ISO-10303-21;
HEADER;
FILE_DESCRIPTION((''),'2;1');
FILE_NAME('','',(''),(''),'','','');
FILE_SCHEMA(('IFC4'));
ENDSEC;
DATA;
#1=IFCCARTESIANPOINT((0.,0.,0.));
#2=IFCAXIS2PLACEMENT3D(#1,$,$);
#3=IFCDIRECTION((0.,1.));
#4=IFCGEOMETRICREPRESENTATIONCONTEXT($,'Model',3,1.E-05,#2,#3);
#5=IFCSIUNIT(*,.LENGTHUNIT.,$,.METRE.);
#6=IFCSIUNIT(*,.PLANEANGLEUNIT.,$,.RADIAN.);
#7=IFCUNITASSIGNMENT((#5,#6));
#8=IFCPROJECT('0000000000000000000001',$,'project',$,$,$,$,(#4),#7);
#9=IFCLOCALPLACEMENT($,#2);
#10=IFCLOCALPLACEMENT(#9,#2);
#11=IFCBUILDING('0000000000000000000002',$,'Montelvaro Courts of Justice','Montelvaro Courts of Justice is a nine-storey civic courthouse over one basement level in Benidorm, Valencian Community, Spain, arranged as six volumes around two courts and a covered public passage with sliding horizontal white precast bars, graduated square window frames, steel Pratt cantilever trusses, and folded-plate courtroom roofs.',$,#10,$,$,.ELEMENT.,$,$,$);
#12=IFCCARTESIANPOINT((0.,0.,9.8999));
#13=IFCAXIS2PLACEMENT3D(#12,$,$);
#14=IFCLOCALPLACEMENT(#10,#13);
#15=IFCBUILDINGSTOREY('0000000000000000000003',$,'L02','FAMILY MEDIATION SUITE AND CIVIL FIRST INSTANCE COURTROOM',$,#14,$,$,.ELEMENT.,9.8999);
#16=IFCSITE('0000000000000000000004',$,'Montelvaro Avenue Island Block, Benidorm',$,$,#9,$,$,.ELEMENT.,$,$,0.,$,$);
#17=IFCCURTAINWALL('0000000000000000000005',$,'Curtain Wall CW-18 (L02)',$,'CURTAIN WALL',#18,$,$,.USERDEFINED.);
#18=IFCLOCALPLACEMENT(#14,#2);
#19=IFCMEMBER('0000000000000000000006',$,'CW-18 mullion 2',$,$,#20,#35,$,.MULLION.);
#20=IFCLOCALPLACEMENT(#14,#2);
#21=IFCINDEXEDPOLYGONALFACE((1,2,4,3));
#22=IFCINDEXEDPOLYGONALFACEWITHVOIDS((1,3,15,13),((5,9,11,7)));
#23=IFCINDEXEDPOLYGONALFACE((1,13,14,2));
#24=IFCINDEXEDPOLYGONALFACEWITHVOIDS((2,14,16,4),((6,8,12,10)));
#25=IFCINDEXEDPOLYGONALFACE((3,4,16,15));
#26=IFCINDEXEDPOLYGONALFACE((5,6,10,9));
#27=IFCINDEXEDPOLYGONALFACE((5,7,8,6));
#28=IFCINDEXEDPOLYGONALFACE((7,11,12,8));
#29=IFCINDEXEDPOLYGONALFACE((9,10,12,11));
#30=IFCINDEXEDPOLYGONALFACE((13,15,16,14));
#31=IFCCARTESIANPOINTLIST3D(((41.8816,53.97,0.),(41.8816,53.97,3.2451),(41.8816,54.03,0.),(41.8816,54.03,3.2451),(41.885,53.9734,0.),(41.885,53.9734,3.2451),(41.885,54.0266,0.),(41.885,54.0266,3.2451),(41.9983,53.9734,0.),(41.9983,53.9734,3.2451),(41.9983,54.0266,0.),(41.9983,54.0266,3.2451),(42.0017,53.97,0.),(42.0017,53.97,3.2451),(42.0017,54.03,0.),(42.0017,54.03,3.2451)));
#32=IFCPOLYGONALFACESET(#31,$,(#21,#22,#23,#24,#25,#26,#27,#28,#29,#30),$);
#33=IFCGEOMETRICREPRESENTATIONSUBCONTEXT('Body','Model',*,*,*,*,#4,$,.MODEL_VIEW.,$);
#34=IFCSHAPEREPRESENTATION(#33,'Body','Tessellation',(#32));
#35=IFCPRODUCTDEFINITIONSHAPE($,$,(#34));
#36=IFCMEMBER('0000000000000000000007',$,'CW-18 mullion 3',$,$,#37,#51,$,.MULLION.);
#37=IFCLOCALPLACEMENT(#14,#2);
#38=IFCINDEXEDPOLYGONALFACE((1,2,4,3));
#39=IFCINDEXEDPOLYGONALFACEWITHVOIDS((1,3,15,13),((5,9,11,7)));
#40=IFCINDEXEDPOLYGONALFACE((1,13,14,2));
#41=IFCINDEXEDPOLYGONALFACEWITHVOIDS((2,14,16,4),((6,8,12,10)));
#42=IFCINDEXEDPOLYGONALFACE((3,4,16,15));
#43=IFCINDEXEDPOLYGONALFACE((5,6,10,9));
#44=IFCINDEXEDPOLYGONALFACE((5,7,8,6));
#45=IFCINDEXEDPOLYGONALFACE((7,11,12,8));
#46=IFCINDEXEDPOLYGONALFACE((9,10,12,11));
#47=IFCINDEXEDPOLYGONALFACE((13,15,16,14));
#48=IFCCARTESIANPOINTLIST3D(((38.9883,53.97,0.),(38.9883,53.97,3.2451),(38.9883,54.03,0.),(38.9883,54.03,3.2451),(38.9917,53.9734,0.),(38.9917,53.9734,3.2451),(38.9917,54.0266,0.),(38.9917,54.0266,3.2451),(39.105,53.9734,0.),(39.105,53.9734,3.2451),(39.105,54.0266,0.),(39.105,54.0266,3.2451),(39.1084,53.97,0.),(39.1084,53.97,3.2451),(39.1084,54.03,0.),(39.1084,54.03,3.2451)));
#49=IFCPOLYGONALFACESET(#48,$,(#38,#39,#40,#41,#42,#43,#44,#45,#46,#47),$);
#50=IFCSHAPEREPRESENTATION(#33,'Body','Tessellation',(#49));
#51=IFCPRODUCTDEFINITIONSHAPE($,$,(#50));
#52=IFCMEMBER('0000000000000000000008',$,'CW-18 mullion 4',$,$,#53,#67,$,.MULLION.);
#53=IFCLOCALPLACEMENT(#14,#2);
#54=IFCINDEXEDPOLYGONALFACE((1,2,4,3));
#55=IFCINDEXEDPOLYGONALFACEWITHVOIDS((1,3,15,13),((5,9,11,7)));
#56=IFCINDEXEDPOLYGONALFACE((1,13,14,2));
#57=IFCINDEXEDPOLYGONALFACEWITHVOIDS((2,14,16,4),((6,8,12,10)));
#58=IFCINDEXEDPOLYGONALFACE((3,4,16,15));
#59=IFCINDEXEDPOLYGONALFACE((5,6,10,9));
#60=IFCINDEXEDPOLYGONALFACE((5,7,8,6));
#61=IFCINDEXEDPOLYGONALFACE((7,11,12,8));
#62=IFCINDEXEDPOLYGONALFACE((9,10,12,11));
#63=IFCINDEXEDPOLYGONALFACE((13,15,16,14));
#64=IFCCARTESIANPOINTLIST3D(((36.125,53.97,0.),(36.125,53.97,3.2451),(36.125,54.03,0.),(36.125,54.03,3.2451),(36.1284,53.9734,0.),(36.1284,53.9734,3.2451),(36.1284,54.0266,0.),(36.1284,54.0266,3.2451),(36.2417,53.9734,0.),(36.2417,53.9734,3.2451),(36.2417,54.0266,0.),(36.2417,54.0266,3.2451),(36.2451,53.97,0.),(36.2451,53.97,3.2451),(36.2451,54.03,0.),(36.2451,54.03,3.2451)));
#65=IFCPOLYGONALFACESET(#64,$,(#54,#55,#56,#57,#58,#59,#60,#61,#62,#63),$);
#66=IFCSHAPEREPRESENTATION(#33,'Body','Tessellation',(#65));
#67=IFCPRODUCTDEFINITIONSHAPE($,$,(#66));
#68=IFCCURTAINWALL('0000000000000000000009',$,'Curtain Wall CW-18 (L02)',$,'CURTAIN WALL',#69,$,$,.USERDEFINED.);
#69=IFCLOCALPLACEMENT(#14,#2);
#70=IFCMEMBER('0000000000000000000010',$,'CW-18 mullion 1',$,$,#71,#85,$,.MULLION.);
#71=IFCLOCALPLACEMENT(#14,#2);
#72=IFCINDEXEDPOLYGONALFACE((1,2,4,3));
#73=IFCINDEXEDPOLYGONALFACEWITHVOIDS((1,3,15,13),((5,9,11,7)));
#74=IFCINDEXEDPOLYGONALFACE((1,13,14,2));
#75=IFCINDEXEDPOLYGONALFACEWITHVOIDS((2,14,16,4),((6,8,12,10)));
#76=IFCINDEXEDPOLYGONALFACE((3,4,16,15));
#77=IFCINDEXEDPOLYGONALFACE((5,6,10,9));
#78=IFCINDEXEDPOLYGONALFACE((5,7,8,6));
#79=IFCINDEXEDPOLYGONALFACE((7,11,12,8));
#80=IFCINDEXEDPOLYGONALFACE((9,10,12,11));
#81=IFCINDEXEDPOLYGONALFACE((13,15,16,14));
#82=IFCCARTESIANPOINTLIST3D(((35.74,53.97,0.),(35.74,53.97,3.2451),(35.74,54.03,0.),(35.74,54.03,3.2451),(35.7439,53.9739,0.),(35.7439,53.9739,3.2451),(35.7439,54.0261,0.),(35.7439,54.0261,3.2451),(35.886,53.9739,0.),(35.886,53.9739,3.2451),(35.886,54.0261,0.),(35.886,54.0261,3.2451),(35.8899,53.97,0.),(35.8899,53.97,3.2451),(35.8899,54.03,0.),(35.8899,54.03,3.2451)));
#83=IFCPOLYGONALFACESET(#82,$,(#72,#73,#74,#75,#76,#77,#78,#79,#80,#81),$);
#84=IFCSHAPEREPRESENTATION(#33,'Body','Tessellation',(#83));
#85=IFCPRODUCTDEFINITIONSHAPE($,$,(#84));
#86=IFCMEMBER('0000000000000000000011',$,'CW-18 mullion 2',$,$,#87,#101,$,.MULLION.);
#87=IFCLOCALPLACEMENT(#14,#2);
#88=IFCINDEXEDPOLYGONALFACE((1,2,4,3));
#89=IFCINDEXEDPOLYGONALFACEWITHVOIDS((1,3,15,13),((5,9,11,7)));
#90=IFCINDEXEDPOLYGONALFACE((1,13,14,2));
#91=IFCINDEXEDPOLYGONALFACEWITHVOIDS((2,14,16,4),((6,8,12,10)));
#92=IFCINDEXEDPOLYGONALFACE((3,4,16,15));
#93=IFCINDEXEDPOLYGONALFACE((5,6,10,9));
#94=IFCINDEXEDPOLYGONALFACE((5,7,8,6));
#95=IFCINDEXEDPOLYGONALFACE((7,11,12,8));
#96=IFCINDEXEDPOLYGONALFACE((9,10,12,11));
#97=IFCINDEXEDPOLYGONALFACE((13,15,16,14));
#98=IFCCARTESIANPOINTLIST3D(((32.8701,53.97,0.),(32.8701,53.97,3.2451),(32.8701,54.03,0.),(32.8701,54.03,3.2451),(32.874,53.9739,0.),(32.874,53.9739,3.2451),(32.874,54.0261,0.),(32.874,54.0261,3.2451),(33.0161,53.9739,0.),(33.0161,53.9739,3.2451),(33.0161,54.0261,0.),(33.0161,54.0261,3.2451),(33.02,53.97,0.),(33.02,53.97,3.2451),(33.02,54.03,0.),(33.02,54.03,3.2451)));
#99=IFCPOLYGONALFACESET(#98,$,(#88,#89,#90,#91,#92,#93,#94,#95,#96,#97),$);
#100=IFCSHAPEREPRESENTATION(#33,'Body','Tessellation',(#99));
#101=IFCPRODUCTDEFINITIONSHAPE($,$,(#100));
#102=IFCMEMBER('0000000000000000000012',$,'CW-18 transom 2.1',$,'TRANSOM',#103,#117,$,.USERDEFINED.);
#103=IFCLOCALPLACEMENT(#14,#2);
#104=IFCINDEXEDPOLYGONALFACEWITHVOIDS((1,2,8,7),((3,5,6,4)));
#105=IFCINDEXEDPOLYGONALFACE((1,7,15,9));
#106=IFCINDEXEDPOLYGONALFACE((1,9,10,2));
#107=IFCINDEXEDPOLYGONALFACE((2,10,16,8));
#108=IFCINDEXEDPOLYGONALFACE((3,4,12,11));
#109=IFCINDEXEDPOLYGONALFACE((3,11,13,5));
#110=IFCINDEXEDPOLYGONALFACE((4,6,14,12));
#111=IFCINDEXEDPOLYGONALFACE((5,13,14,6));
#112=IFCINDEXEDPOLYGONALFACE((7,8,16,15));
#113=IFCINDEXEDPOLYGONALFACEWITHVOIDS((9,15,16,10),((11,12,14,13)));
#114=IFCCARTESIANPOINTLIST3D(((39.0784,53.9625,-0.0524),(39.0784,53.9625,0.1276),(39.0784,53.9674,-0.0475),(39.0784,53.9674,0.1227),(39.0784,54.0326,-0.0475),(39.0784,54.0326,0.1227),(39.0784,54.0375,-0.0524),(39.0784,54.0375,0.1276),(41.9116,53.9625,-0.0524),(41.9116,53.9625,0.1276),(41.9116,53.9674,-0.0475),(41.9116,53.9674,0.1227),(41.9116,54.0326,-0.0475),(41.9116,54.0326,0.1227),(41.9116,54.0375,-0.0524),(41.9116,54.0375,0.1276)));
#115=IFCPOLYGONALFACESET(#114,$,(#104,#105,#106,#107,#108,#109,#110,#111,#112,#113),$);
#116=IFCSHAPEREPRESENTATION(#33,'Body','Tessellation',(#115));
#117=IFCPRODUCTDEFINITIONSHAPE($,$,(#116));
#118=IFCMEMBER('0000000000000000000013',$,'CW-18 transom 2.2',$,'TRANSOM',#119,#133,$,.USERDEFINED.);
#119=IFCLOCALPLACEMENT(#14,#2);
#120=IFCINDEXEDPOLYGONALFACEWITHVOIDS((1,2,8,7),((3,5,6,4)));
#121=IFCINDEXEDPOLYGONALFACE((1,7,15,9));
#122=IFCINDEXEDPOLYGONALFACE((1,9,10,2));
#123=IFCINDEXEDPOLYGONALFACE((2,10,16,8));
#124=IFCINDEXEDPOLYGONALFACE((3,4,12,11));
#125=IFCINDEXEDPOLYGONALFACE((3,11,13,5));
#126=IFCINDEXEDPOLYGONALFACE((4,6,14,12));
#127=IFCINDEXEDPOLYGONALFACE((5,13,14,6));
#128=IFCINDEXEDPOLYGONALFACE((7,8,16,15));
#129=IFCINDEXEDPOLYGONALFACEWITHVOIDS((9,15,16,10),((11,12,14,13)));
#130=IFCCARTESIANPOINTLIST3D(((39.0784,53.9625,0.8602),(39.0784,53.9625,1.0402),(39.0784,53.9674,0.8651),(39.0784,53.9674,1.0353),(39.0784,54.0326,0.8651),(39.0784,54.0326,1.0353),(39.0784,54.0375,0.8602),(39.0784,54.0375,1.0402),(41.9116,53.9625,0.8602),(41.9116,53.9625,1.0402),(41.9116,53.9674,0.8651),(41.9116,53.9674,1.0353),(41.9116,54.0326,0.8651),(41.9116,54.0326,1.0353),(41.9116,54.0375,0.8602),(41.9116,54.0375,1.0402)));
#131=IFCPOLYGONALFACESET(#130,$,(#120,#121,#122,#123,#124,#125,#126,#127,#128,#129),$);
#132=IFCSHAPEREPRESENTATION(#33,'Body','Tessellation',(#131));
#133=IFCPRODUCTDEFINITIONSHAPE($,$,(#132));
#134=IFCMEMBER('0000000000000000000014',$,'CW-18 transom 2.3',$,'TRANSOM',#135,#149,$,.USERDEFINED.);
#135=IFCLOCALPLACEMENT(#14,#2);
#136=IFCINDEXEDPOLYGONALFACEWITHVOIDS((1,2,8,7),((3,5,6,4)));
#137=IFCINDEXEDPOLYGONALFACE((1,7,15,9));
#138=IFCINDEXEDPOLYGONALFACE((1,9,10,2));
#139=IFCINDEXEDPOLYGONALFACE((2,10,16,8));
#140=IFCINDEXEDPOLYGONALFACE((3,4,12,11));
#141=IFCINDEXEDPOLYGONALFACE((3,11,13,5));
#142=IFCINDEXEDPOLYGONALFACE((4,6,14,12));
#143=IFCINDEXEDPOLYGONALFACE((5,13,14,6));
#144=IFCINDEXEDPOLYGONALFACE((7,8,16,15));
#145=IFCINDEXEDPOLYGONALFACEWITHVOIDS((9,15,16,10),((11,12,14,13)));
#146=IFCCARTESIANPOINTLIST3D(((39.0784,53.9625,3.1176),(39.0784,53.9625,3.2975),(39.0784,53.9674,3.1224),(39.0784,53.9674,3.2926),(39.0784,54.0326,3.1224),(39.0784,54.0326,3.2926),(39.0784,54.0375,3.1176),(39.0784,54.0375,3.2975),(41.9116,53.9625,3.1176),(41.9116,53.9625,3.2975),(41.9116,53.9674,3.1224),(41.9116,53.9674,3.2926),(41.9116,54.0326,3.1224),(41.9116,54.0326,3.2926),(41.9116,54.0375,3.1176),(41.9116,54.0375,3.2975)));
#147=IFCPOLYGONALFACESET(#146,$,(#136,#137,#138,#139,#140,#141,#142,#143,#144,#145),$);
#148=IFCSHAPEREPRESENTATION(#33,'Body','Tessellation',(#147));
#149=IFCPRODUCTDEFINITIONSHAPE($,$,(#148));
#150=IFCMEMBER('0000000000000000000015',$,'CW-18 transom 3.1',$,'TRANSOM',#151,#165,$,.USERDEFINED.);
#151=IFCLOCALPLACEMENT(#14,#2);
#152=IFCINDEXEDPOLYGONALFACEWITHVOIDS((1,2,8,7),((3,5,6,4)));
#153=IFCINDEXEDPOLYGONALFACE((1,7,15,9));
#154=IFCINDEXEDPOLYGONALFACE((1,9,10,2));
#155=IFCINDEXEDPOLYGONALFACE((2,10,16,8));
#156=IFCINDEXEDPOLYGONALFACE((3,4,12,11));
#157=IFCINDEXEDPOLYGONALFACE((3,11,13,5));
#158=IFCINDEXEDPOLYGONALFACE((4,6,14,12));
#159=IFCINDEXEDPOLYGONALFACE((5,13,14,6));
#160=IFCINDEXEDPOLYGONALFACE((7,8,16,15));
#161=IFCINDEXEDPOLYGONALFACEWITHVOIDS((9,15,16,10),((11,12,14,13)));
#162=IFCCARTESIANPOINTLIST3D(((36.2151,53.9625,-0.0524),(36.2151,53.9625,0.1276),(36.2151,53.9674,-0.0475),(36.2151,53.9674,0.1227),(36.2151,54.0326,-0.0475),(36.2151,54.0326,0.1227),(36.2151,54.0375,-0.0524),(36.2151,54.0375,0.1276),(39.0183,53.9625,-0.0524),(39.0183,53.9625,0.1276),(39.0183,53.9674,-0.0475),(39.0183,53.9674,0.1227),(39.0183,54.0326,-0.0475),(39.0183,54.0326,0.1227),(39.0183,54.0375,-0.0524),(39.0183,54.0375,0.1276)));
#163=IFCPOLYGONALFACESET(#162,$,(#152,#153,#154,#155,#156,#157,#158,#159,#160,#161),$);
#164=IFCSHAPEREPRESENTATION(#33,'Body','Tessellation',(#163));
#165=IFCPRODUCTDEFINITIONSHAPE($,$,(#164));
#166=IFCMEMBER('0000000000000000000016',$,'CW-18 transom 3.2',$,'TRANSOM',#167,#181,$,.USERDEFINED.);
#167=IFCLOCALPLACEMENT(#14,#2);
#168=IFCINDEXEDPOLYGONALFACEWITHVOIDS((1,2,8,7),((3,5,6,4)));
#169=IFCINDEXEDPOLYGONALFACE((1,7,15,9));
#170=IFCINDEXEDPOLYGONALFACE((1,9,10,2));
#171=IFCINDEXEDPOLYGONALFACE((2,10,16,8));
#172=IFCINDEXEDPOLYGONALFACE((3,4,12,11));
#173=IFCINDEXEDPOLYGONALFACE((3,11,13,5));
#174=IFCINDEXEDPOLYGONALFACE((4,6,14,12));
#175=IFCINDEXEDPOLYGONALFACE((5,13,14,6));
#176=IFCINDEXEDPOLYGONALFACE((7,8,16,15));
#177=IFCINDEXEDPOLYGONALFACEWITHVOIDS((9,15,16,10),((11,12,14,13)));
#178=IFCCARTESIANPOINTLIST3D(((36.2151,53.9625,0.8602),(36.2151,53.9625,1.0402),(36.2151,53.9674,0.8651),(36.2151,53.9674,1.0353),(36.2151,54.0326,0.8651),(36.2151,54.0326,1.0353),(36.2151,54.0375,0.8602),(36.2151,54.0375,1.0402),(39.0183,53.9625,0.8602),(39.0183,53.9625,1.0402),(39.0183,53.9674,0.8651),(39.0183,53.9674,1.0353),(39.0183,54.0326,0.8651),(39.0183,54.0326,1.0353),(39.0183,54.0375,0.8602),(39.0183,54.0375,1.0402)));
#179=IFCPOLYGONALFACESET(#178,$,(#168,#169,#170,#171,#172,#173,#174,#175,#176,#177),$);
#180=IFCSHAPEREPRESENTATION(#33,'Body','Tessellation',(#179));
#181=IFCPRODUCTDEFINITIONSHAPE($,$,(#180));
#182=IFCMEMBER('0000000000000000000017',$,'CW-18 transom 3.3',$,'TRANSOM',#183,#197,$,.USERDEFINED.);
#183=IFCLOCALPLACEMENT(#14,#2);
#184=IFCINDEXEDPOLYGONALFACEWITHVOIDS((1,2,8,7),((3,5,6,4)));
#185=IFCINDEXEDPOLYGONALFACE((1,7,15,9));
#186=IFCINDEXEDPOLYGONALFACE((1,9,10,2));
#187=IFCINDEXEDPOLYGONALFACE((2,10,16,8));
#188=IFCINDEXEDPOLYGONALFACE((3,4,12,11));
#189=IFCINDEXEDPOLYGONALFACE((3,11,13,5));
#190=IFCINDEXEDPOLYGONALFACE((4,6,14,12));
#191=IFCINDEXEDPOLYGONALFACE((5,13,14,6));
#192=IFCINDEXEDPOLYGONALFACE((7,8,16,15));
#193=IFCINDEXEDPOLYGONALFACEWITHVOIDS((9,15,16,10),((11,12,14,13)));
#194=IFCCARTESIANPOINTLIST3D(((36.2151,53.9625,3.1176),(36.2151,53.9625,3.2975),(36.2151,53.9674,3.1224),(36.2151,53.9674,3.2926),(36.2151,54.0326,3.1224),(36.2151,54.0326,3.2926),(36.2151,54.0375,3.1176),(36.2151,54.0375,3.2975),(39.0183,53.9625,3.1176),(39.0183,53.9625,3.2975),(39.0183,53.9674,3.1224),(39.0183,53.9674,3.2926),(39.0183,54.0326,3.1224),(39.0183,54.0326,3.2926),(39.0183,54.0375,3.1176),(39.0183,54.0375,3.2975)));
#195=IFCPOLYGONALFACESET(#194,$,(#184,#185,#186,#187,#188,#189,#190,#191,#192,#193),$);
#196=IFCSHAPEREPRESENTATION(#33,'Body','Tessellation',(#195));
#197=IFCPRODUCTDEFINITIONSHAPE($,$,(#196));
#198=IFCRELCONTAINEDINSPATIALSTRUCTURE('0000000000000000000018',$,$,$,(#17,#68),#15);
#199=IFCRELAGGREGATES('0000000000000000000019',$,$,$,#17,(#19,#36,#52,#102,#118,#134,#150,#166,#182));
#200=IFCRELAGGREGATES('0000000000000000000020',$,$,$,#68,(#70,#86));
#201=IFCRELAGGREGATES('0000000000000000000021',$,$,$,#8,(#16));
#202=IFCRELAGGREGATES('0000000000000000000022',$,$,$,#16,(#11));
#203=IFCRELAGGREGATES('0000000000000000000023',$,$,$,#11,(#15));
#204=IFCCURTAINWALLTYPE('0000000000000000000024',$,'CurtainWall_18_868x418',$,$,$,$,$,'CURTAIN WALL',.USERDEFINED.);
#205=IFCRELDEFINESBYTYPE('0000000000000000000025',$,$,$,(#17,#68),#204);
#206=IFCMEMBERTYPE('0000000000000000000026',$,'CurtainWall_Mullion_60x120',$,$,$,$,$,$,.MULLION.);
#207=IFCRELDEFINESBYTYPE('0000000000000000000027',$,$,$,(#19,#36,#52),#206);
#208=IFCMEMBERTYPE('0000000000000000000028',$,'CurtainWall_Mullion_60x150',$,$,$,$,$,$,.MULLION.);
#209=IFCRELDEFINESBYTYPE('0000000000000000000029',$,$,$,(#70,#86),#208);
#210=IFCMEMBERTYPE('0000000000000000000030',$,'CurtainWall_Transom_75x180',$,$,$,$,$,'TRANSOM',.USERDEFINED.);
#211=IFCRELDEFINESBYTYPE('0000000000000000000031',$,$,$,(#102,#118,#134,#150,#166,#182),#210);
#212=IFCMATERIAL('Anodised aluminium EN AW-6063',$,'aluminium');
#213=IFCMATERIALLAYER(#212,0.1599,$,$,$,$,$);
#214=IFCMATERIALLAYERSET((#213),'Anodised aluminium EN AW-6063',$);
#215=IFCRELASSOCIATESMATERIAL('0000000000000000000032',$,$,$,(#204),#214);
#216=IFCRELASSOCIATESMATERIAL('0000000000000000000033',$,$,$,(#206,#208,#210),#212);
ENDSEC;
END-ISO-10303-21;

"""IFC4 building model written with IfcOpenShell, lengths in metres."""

from ifc_helpers import new_model, si_unit, direction, frame, origin, origin_2d, place, context, subcontext, project, spatial, hollow_rectangle, extrude, material, layer, layer_set, material_profile, profile_set, type_object, element, aggregate, save


model = new_model("IFC4")

# Units and contexts
model_context = context("Model", 3, precision=1e-05, world=origin(), true_north=direction((0.0, 1.0)))
body_context = subcontext(model_context, "Body", "Model", "MODEL_VIEW")
ifc_project = project(units=[si_unit("LENGTHUNIT", "METRE"), si_unit("PLANEANGLEUNIT", "RADIAN")], contexts=[model_context])

# Site, building, storey
site_placement = place(None, origin())
site = spatial("IfcSite", under=ifc_project, at=site_placement, Name="Montelvaro Avenue Island Block, Benidorm", CompositionType="ELEMENT", RefElevation=0.0)
building_placement = place(site_placement, origin())
building = spatial("IfcBuilding", under=site, at=building_placement, Name="Montelvaro Courts of Justice", Description="Montelvaro Courts of Justice is a nine-storey civic courthouse over one basement level in Benidorm, Valencian Community, Spain, arranged as six volumes around two courts and a covered public passage with sliding horizontal white precast bars, graduated square window frames, steel Pratt cantilever trusses, and folded-plate courtroom roofs.", CompositionType="ELEMENT")
storey_placement = place(building_placement, frame((0.0, 0.0, 9.8999)))
storey = spatial("IfcBuildingStorey", under=building, at=storey_placement, Name="L02", Description="FAMILY MEDIATION SUITE AND CIVIL FIRST INSTANCE COURTROOM", CompositionType="ELEMENT", Elevation=9.8999)

# Curtain walls, members
ifc_material_1 = material(Name="Anodised aluminium EN AW-6063", Category="aluminium")
ifc_layer_1 = layer(ifc_material_1, 0.1599)
ifc_layer_set_1 = layer_set([ifc_layer_1], Name="Anodised aluminium EN AW-6063")
curtain_wall_type = type_object("IfcCurtainWallType", Name="CurtainWall_18_868x418", ElementType="CURTAIN WALL", PredefinedType="USERDEFINED", material=ifc_layer_set_1)
curtain_wall_1_placement = place(storey_placement, origin())
curtain_wall_1 = element("IfcCurtainWall", 1, at=curtain_wall_1_placement, inside=storey, type_object=curtain_wall_type, Name="Curtain Wall CW-18 (L02)", ObjectType="CURTAIN WALL", PredefinedType="USERDEFINED")
ifc_material_profile_1 = material_profile(ifc_material_1, hollow_rectangle(XDim=0.0601, YDim=0.1201, WallThickness=0.0034, at=origin_2d()), Name="ALU-M 60x120")
ifc_profile_set_1 = profile_set([ifc_material_profile_1], Name="Anodised aluminium EN AW-6063")
member_type_1 = type_object("IfcMemberType", Name="CurtainWall_Mullion_60x120", PredefinedType="MULLION", material=ifc_profile_set_1)
member_1_placement = place(storey_placement, frame((41.9417, 54.0, 0.0), z_axis=(0.0, 0.0, 1.0), x_axis=(0.0, -1.0, 0.0)))
member_1 = element("IfcMember", 2, at=member_1_placement, type_object=member_type_1, Name="CW-18 mullion 2", PredefinedType="MULLION", context=body_context, shape_type="SweptSolid", body=[
    extrude(hollow_rectangle(XDim=0.0601, YDim=0.1201, WallThickness=0.0034, at=origin_2d()), origin(), (0.0, 0.0, 1.0), 3.2451),
])
member_2_placement = place(storey_placement, frame((39.0483, 54.0, 0.0), z_axis=(0.0, 0.0, 1.0), x_axis=(0.0, -1.0, 0.0)))
member_2 = element("IfcMember", 3, at=member_2_placement, type_object=member_type_1, Name="CW-18 mullion 3", PredefinedType="MULLION", context=body_context, shape_type="SweptSolid", body=[
    extrude(hollow_rectangle(XDim=0.0601, YDim=0.1201, WallThickness=0.0034, at=origin_2d()), origin(), (0.0, 0.0, 1.0), 3.2451),
])
member_3_placement = place(storey_placement, frame((36.1851, 54.0, 0.0), z_axis=(0.0, 0.0, 1.0), x_axis=(0.0, -1.0, 0.0)))
member_3 = element("IfcMember", 4, at=member_3_placement, type_object=member_type_1, Name="CW-18 mullion 4", PredefinedType="MULLION", context=body_context, shape_type="SweptSolid", body=[
    extrude(hollow_rectangle(XDim=0.0601, YDim=0.1201, WallThickness=0.0034, at=origin_2d()), origin(), (0.0, 0.0, 1.0), 3.2451),
])
curtain_wall_2_placement = place(storey_placement, origin())
curtain_wall_2 = element("IfcCurtainWall", 5, at=curtain_wall_2_placement, inside=storey, type_object=curtain_wall_type, Name="Curtain Wall CW-18 (L02)", ObjectType="CURTAIN WALL", PredefinedType="USERDEFINED")
ifc_material_profile_2 = material_profile(ifc_material_1, hollow_rectangle(XDim=0.0601, YDim=0.1499, WallThickness=0.0039, at=origin_2d()), Name="ALU-M 60x150")
ifc_profile_set_2 = profile_set([ifc_material_profile_2], Name="Anodised aluminium EN AW-6063")
member_type_2 = type_object("IfcMemberType", Name="CurtainWall_Mullion_60x150", PredefinedType="MULLION", material=ifc_profile_set_2)
member_4_placement = place(storey_placement, frame((35.8149, 54.0, 0.0), z_axis=(0.0, 0.0, 1.0), x_axis=(0.0, -1.0, 0.0)))
member_4 = element("IfcMember", 6, at=member_4_placement, type_object=member_type_2, Name="CW-18 mullion 1", PredefinedType="MULLION", context=body_context, shape_type="SweptSolid", body=[
    extrude(hollow_rectangle(XDim=0.0601, YDim=0.1499, WallThickness=0.0039, at=origin_2d()), origin(), (0.0, 0.0, 1.0), 3.2451),
])
member_5_placement = place(storey_placement, frame((32.9451, 54.0, 0.0), z_axis=(0.0, 0.0, 1.0), x_axis=(0.0, -1.0, 0.0)))
member_5 = element("IfcMember", 7, at=member_5_placement, type_object=member_type_2, Name="CW-18 mullion 2", PredefinedType="MULLION", context=body_context, shape_type="SweptSolid", body=[
    extrude(hollow_rectangle(XDim=0.0601, YDim=0.1499, WallThickness=0.0039, at=origin_2d()), origin(), (0.0, 0.0, 1.0), 3.2451),
])

# Members
ifc_material_profile_3 = material_profile(ifc_material_1, hollow_rectangle(XDim=0.075, YDim=0.1799, WallThickness=0.0049, at=origin_2d()), Name="ALU-T 75x180")
ifc_profile_set_3 = profile_set([ifc_material_profile_3], Name="Anodised aluminium EN AW-6063")
member_type_3 = type_object("IfcMemberType", Name="CurtainWall_Transom_75x180", ElementType="TRANSOM", PredefinedType="USERDEFINED", material=ifc_profile_set_3)
member_6_placement = place(storey_placement, frame((41.9116, 54.0, 0.0376), z_axis=(-1.0, 0.0, 0.0), x_axis=(0.0, -1.0, 0.0)))
member_6 = element("IfcMember", 8, at=member_6_placement, type_object=member_type_3, Name="CW-18 transom 2.1", ObjectType="TRANSOM", PredefinedType="USERDEFINED", context=body_context, shape_type="SweptSolid", body=[
    extrude(hollow_rectangle(XDim=0.075, YDim=0.1799, WallThickness=0.0049, at=origin_2d()), origin(), (0.0, 0.0, 1.0), 2.8333),
])
member_7_placement = place(storey_placement, frame((41.9116, 54.0, 0.9502), z_axis=(-1.0, 0.0, 0.0), x_axis=(0.0, -1.0, 0.0)))
member_7 = element("IfcMember", 9, at=member_7_placement, type_object=member_type_3, Name="CW-18 transom 2.2", ObjectType="TRANSOM", PredefinedType="USERDEFINED", context=body_context, shape_type="SweptSolid", body=[
    extrude(hollow_rectangle(XDim=0.075, YDim=0.1799, WallThickness=0.0049, at=origin_2d()), origin(), (0.0, 0.0, 1.0), 2.8333),
])
member_8_placement = place(storey_placement, frame((41.9116, 54.0, 3.2075), z_axis=(-1.0, 0.0, 0.0), x_axis=(0.0, -1.0, 0.0)))
member_8 = element("IfcMember", 10, at=member_8_placement, type_object=member_type_3, Name="CW-18 transom 2.3", ObjectType="TRANSOM", PredefinedType="USERDEFINED", context=body_context, shape_type="SweptSolid", body=[
    extrude(hollow_rectangle(XDim=0.075, YDim=0.1799, WallThickness=0.0049, at=origin_2d()), origin(), (0.0, 0.0, 1.0), 2.8333),
])
member_9_placement = place(storey_placement, frame((39.0183, 54.0, 0.0376), z_axis=(-1.0, 0.0, 0.0), x_axis=(0.0, -1.0, 0.0)))
member_9 = element("IfcMember", 11, at=member_9_placement, type_object=member_type_3, Name="CW-18 transom 3.1", ObjectType="TRANSOM", PredefinedType="USERDEFINED", context=body_context, shape_type="SweptSolid", body=[
    extrude(hollow_rectangle(XDim=0.075, YDim=0.1799, WallThickness=0.0049, at=origin_2d()), origin(), (0.0, 0.0, 1.0), 2.8032),
])
member_10_placement = place(storey_placement, frame((39.0183, 54.0, 0.9502), z_axis=(-1.0, 0.0, 0.0), x_axis=(0.0, -1.0, 0.0)))
member_10 = element("IfcMember", 12, at=member_10_placement, type_object=member_type_3, Name="CW-18 transom 3.2", ObjectType="TRANSOM", PredefinedType="USERDEFINED", context=body_context, shape_type="SweptSolid", body=[
    extrude(hollow_rectangle(XDim=0.075, YDim=0.1799, WallThickness=0.0049, at=origin_2d()), origin(), (0.0, 0.0, 1.0), 2.8032),
])
member_11_placement = place(storey_placement, frame((39.0183, 54.0, 3.2075), z_axis=(-1.0, 0.0, 0.0), x_axis=(0.0, -1.0, 0.0)))
member_11 = element("IfcMember", 13, at=member_11_placement, type_object=member_type_3, Name="CW-18 transom 3.3", ObjectType="TRANSOM", PredefinedType="USERDEFINED", context=body_context, shape_type="SweptSolid", body=[
    extrude(hollow_rectangle(XDim=0.075, YDim=0.1799, WallThickness=0.0049, at=origin_2d()), origin(), (0.0, 0.0, 1.0), 2.8032),
])

aggregate(curtain_wall_1, [member_1, member_2, member_3, member_6, member_7, member_8, member_9, member_10, member_11])
aggregate(curtain_wall_2, [member_4, member_5])

save(model, "model.ifc")
